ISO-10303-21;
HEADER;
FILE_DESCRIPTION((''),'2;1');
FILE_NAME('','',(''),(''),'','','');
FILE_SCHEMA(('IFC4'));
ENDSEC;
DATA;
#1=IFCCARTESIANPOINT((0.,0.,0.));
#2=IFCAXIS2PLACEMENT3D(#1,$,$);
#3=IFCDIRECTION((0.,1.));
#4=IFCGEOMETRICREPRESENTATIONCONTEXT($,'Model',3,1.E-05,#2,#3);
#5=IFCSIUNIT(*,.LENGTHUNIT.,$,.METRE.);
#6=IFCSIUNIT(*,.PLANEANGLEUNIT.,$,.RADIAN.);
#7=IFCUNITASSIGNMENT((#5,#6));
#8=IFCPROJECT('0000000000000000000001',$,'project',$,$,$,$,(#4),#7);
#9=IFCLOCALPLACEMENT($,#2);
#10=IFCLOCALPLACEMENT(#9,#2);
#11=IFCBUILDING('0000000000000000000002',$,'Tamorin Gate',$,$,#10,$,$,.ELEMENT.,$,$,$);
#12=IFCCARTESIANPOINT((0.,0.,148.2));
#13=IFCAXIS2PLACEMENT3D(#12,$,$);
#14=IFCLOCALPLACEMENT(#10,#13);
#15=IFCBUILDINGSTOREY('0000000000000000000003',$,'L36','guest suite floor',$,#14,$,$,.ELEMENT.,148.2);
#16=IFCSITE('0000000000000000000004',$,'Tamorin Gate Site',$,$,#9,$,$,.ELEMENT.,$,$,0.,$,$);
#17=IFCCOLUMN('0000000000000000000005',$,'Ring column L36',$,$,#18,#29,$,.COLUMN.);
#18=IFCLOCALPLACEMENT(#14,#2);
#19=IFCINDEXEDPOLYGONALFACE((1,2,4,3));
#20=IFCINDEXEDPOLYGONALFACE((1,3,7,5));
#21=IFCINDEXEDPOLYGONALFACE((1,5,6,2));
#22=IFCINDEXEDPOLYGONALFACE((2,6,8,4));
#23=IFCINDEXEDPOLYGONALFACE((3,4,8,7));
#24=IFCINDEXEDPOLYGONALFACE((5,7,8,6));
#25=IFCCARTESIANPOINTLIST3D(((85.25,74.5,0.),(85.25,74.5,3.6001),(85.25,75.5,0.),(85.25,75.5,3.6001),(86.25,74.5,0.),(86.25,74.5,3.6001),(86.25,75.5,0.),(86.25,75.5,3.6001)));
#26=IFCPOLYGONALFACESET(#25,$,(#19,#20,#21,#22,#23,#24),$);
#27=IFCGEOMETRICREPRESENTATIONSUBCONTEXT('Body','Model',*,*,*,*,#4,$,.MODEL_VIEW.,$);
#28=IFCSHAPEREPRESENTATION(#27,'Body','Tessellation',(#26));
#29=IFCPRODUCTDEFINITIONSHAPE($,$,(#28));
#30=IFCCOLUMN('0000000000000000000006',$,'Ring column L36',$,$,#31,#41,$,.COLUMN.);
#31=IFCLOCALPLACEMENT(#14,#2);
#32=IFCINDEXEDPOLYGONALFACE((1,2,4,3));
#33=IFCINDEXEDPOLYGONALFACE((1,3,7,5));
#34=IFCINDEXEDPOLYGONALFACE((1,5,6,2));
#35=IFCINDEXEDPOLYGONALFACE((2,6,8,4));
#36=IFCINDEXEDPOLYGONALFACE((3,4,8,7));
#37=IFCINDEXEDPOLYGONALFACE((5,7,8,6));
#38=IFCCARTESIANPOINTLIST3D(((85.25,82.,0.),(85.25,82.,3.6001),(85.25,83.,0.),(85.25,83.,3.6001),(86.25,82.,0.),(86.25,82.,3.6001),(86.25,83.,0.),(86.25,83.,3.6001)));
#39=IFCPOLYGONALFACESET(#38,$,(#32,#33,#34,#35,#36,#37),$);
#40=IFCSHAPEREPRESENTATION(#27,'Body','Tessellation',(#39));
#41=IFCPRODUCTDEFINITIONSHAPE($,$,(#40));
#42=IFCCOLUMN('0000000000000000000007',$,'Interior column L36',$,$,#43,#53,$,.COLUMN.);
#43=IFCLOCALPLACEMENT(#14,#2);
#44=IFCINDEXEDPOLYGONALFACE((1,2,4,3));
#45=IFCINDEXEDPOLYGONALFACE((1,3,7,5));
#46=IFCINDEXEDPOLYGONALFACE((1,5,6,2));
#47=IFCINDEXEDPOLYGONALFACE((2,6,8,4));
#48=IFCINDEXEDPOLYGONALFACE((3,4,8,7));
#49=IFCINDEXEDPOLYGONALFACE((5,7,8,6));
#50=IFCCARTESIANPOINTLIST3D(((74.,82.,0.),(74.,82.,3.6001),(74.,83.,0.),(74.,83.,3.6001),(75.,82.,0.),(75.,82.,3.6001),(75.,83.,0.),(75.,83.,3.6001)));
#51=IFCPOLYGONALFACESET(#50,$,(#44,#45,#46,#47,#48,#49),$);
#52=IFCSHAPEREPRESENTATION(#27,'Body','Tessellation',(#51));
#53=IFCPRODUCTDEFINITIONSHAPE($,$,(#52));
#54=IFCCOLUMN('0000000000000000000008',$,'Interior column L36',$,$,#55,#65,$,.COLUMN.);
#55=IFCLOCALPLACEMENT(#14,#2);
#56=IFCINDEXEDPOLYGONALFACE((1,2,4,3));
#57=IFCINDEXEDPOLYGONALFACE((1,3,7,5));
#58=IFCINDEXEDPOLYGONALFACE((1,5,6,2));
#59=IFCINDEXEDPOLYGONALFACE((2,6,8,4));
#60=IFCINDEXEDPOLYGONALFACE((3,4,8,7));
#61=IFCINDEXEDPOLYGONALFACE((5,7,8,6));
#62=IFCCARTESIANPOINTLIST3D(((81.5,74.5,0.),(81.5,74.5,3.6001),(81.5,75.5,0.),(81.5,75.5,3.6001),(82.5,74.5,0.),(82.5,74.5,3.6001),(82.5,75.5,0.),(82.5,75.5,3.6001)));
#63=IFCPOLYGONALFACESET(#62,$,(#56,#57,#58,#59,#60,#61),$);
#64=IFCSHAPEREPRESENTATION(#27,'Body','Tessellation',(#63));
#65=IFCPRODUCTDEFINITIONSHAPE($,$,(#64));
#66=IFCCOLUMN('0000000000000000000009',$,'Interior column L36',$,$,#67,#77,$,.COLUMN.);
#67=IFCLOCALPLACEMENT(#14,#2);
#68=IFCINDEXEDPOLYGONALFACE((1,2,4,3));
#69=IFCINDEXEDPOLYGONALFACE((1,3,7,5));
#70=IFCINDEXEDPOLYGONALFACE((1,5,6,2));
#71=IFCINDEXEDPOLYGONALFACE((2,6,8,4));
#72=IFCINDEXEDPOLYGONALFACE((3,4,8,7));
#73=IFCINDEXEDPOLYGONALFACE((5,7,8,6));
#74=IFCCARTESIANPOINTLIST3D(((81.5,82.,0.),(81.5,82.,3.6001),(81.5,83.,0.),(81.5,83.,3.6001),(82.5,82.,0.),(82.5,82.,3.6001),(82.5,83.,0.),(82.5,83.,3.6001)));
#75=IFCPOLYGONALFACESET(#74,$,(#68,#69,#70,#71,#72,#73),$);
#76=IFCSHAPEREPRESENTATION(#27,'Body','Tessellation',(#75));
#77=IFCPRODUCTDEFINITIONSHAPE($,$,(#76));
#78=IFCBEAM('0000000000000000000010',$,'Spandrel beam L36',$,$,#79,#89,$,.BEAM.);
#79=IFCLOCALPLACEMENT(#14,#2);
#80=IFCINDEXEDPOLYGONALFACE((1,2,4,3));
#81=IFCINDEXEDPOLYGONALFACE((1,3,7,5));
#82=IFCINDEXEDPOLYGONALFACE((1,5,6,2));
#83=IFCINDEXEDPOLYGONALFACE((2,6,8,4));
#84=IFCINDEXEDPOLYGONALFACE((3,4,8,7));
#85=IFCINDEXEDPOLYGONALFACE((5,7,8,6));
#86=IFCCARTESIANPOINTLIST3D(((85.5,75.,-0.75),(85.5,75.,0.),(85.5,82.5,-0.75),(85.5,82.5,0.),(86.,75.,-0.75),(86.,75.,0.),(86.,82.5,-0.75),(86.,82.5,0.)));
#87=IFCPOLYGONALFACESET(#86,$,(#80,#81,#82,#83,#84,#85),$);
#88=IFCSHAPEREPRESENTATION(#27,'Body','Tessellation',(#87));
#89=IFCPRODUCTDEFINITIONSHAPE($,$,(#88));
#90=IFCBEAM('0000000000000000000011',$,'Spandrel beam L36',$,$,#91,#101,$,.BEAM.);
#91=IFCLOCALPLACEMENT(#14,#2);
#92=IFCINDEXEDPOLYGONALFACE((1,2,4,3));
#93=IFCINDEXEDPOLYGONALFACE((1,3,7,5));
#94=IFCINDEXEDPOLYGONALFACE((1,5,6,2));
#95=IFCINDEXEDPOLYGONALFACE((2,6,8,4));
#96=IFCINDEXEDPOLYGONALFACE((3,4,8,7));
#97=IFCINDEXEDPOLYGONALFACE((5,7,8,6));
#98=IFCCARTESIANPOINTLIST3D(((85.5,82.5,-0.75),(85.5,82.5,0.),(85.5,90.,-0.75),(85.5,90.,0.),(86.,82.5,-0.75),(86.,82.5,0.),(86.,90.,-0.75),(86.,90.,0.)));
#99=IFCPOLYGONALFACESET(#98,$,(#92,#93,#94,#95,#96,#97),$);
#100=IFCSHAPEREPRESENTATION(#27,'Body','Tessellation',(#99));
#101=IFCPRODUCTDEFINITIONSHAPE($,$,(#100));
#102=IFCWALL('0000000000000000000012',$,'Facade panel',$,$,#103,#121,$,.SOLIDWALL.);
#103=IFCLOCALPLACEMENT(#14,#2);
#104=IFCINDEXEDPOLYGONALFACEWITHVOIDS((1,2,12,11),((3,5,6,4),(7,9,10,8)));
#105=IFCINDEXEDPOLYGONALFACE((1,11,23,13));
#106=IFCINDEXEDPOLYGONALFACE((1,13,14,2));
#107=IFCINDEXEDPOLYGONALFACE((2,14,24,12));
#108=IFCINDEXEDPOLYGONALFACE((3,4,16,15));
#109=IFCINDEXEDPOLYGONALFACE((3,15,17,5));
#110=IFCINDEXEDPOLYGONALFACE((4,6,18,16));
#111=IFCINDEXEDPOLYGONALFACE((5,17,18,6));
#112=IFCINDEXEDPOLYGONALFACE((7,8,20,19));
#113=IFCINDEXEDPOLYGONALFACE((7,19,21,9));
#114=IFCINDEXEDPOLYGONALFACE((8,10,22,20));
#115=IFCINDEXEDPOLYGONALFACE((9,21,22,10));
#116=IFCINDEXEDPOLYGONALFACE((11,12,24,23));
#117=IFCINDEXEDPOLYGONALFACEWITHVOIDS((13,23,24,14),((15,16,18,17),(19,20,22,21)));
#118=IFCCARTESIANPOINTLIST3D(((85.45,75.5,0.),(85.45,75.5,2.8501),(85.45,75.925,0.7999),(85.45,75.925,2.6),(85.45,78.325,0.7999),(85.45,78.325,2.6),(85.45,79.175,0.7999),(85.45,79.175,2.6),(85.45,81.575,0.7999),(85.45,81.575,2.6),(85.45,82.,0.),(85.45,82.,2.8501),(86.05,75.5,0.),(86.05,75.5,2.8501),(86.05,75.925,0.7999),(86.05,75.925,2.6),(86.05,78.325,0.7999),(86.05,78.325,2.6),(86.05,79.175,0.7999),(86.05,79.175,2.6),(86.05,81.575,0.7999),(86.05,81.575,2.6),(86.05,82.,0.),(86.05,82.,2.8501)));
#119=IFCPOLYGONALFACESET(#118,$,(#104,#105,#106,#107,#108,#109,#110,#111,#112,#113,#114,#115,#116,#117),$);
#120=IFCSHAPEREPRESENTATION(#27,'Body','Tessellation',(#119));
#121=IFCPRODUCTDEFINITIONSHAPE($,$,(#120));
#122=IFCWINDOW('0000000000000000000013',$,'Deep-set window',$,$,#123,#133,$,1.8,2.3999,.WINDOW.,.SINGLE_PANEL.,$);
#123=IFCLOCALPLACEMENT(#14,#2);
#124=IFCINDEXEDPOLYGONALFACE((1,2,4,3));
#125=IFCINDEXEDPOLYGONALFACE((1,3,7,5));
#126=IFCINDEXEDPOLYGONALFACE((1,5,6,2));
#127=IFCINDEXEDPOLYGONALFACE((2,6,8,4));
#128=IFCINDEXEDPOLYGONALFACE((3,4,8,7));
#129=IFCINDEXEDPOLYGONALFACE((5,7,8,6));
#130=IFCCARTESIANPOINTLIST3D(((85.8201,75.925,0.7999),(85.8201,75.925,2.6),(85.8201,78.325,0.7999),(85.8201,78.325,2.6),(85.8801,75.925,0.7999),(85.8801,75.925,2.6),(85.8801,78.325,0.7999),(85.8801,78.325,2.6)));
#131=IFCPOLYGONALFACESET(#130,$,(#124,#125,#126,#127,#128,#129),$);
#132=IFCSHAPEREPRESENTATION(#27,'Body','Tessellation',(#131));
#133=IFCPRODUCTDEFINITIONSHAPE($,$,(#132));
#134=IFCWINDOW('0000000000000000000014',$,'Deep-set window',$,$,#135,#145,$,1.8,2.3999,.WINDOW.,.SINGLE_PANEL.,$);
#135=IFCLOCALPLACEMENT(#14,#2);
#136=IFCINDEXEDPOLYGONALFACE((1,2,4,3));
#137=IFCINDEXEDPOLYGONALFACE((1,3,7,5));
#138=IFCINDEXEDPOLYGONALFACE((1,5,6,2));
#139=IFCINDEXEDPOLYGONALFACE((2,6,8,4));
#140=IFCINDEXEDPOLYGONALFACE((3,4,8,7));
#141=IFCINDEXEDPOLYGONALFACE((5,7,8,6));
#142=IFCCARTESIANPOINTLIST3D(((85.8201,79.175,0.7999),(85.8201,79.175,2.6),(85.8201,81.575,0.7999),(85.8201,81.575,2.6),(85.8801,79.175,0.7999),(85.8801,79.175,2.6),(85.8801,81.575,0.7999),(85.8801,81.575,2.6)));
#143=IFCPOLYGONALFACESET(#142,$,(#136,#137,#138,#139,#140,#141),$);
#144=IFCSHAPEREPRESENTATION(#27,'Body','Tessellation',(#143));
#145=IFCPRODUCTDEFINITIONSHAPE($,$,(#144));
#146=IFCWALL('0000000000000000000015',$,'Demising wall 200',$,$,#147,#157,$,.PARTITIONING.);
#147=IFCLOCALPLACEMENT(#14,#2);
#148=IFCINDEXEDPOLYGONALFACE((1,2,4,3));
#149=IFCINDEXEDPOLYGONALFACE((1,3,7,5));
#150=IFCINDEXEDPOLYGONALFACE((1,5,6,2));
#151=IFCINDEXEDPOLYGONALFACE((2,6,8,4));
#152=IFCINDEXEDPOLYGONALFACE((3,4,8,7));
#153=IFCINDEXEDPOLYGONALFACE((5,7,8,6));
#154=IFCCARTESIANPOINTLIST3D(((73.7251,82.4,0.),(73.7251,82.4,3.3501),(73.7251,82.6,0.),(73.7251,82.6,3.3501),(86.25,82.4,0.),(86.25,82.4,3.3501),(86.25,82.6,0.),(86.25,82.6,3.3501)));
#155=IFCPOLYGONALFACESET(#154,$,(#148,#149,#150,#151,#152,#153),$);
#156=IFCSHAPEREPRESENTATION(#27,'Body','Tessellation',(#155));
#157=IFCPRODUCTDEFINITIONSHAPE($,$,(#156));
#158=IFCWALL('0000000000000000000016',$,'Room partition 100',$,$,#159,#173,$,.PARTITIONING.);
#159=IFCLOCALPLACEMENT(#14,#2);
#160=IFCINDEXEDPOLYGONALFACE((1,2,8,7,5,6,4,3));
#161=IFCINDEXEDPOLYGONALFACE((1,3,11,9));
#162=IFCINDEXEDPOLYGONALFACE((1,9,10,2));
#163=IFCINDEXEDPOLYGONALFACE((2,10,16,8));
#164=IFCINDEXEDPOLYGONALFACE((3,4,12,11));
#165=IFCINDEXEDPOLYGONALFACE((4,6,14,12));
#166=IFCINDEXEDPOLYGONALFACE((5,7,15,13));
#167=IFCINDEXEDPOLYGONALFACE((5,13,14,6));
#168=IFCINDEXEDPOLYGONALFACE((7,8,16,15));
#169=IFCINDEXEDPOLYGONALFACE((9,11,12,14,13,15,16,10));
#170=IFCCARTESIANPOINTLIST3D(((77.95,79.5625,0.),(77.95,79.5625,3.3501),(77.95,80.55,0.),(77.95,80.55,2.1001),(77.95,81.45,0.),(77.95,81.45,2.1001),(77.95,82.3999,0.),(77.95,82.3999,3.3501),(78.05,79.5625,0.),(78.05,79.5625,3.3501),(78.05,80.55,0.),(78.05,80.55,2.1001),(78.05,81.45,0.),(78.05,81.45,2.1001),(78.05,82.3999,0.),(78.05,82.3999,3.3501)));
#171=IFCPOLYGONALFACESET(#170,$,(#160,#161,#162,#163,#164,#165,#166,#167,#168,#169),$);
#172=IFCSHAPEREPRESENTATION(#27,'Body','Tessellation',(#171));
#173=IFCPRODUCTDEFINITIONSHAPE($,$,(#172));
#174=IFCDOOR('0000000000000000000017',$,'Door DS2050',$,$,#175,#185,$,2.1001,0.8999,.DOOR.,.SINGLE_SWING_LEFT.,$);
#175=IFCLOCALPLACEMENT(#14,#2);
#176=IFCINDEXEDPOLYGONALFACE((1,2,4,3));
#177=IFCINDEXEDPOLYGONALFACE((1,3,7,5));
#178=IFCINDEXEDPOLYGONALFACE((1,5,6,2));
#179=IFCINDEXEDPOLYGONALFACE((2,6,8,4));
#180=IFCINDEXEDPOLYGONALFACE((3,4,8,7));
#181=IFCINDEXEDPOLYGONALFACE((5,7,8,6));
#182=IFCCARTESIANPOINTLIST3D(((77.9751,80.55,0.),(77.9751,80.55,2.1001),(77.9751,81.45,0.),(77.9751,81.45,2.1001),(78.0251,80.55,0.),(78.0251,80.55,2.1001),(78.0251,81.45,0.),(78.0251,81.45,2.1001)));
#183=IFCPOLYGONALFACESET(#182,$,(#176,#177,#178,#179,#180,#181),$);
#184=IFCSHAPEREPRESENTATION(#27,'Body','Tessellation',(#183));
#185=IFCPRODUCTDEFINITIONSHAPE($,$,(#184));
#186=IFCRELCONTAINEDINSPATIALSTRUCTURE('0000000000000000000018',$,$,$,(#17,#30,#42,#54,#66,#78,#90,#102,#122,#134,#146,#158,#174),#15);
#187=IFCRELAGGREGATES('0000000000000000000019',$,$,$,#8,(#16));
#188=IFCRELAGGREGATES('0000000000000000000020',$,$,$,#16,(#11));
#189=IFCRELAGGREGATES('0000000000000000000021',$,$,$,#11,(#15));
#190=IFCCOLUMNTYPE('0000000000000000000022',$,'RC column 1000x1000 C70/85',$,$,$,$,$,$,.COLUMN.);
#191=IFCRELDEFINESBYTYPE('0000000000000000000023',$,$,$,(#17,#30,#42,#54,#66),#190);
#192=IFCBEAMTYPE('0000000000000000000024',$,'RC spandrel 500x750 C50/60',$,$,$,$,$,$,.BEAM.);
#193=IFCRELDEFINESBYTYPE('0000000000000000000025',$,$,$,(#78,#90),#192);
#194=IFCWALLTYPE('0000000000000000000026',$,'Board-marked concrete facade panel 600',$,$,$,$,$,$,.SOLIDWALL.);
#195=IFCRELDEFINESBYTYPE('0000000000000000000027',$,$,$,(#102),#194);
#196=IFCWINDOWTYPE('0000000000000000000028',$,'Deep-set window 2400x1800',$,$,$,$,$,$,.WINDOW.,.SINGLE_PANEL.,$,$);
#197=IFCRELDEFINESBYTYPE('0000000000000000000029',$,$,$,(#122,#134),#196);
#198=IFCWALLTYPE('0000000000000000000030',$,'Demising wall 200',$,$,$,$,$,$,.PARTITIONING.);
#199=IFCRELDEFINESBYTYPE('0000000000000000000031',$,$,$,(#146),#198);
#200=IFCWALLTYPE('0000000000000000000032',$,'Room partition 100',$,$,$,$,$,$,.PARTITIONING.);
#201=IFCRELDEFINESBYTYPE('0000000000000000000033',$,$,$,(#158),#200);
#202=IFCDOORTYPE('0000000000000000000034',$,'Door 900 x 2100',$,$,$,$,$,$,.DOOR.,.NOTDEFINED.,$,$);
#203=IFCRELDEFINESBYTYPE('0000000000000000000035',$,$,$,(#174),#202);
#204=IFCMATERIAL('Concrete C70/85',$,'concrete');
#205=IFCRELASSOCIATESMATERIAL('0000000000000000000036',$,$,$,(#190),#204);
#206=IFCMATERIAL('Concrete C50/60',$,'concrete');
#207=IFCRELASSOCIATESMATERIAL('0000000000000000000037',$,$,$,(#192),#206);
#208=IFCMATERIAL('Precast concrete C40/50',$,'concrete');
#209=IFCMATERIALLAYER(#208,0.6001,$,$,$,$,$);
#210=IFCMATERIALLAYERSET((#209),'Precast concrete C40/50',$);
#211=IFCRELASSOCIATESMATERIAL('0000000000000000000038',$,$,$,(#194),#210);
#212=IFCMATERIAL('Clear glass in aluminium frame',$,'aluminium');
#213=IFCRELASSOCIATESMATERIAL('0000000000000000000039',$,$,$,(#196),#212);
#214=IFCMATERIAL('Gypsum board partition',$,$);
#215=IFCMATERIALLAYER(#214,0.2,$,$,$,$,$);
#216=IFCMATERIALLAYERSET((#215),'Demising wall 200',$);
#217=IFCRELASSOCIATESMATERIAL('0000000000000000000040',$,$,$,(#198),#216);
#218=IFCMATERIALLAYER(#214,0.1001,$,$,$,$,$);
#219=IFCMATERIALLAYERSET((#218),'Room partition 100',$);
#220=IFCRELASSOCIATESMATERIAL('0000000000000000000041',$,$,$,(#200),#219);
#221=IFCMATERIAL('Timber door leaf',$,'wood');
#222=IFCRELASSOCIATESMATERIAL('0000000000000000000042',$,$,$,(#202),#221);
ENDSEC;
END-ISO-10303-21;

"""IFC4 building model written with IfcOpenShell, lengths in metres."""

from ifc_helpers import new_model, si_unit, direction, frame, frame_2d, origin, origin_2d, place, context, subcontext, project, spatial, rectangle, extrude, material, layer, layer_set, material_profile, profile_set, type_object, element, fill, save


model = new_model("IFC4")

# Units and contexts
model_context = context("Model", 3, precision=1e-05, world=origin(), true_north=direction((0.0, 1.0)))
body_context = subcontext(model_context, "Body", "Model", "MODEL_VIEW")
ifc_project = project(units=[si_unit("LENGTHUNIT", "METRE"), si_unit("PLANEANGLEUNIT", "RADIAN")], contexts=[model_context])

# Site, building, storey
site_placement = place(None, origin())
site = spatial("IfcSite", under=ifc_project, at=site_placement, Name="Tamorin Gate Site", CompositionType="ELEMENT", RefElevation=0.0)
building_placement = place(site_placement, origin())
building = spatial("IfcBuilding", under=site, at=building_placement, Name="Tamorin Gate", CompositionType="ELEMENT")
storey_placement = place(building_placement, frame((0.0, 0.0, 148.2)))
storey = spatial("IfcBuildingStorey", under=building, at=storey_placement, Name="L36", Description="guest suite floor", CompositionType="ELEMENT", Elevation=148.2)

# Columns
ifc_material_1 = material(Name="Concrete C70/85", Category="concrete")
ifc_material_profile_1 = material_profile(ifc_material_1, rectangle(XDim=1.0, YDim=1.0, at=origin_2d()), Name="RC 1000x1000")
ifc_profile_set_1 = profile_set([ifc_material_profile_1], Name="Concrete C70/85")
column_type = type_object("IfcColumnType", Name="RC column 1000x1000 C70/85", PredefinedType="COLUMN", material=ifc_profile_set_1)
for number, where, z_axis, x_axis, name in (
    (1, (85.75, 75.0, 0.0), (0.0, 0.0, 1.0), (1.0, 0.0, 0.0), "Ring column L36"),
    (2, (85.75, 82.5, 0.0), (0.0, 0.0, 1.0), (1.0, 0.0, 0.0), "Ring column L36"),
    (3, (74.5, 82.5, 0.0), (0.0, 0.0, 1.0), (1.0, 0.0, 0.0), "Interior column L36"),
    (4, (82.0, 75.0, 0.0), (0.0, 0.0, 1.0), (1.0, 0.0, 0.0), "Interior column L36"),
    (5, (82.0, 82.5, 0.0), (0.0, 0.0, 1.0), (1.0, 0.0, 0.0), "Interior column L36"),
):
    element("IfcColumn", number, at=place(storey_placement, frame(where, z_axis=z_axis, x_axis=x_axis)), inside=storey, type_object=column_type, Name=name, PredefinedType="COLUMN", context=body_context, shape_type="SweptSolid", body=[
        extrude(rectangle(XDim=1.0, YDim=1.0, at=origin_2d()), origin(), (0.0, 0.0, 1.0), 3.6001),
    ])

# Beams
ifc_material_2 = material(Name="Concrete C50/60", Category="concrete")
ifc_material_profile_2 = material_profile(ifc_material_2, rectangle(XDim=0.5, YDim=0.75, at=origin_2d()), Name="RC 500x750")
ifc_profile_set_2 = profile_set([ifc_material_profile_2], Name="Concrete C50/60")
beam_type = type_object("IfcBeamType", Name="RC spandrel 500x750 C50/60", PredefinedType="BEAM", material=ifc_profile_set_2)
for number, where, z_axis, x_axis, name in (
    (6, (85.75, 75.0, -0.375), (0.0, 1.0, 0.0), (-1.0, 0.0, 0.0), "Spandrel beam L36"),
    (7, (85.75, 82.5, -0.375), (0.0, 1.0, 0.0), (-1.0, 0.0, 0.0), "Spandrel beam L36"),
):
    element("IfcBeam", number, at=place(storey_placement, frame(where, z_axis=z_axis, x_axis=x_axis)), inside=storey, type_object=beam_type, Name=name, PredefinedType="BEAM", context=body_context, shape_type="SweptSolid", body=[
        extrude(rectangle(XDim=0.5, YDim=0.75, at=origin_2d()), origin(), (0.0, 0.0, 1.0), 7.5),
    ])

# Wall, openings, windows
ifc_material_3 = material(Name="Precast concrete C40/50", Category="concrete")
ifc_layer_1 = layer(ifc_material_3, 0.6001)
ifc_layer_set_1 = layer_set([ifc_layer_1], Name="Precast concrete C40/50")
wall_type_1 = type_object("IfcWallType", Name="Board-marked concrete facade panel 600", PredefinedType="SOLIDWALL", material=ifc_layer_set_1)
wall_1_placement = place(storey_placement, frame((85.75, 75.5, 0.0), z_axis=(0.0, 0.0, 1.0), x_axis=(0.0, 1.0, 0.0)))
wall_1 = element("IfcWall", 8, at=wall_1_placement, inside=storey, type_object=wall_type_1, Name="Facade panel", PredefinedType="SOLIDWALL", context=body_context, shape_type="SweptSolid", body=[
    extrude(rectangle(XDim=6.5, YDim=0.6001, at=frame_2d((3.25, 0.0))), origin(), (0.0, 0.0, 1.0), 2.8501),
])
opening_1_placement = place(wall_1_placement, frame((0.425, 0.0, 0.8)))
opening_1 = element("IfcOpeningElement", 9, at=opening_1_placement, cuts=wall_1, PredefinedType="OPENING", context=body_context, shape_type="SweptSolid", body=[
    extrude(rectangle(XDim=2.3999, YDim=1.8, at=frame_2d((1.2, 0.8999))), frame((0.0, 0.3101, 0.0), z_axis=(0.0, -1.0, 0.0), x_axis=(1.0, 0.0, 0.0)), (0.0, 0.0, 1.0), 0.6201),
])
opening_2_placement = place(wall_1_placement, frame((3.675, 0.0, 0.8)))
opening_2 = element("IfcOpeningElement", 10, at=opening_2_placement, cuts=wall_1, PredefinedType="OPENING", context=body_context, shape_type="SweptSolid", body=[
    extrude(rectangle(XDim=2.3999, YDim=1.8, at=frame_2d((1.2, 0.8999))), frame((0.0, 0.3101, 0.0), z_axis=(0.0, -1.0, 0.0), x_axis=(1.0, 0.0, 0.0)), (0.0, 0.0, 1.0), 0.6201),
])
ifc_material_4 = material(Name="Clear glass in aluminium frame", Category="aluminium")
window_type = type_object("IfcWindowType", Name="Deep-set window 2400x1800", PartitioningType="SINGLE_PANEL", PredefinedType="WINDOW", material=ifc_material_4)
window_1_placement = place(opening_1_placement, origin())
window_1 = element("IfcWindow", 11, at=window_1_placement, inside=storey, type_object=window_type, Name="Deep-set window", OverallHeight=1.8, OverallWidth=2.3999, PartitioningType="SINGLE_PANEL", PredefinedType="WINDOW", context=body_context, shape_type="SweptSolid", body=[
    extrude(rectangle(XDim=2.3999, YDim=1.8, at=frame_2d((1.2, 0.8999))), frame((0.0, -0.0701, 0.0), z_axis=(0.0, -1.0, 0.0), x_axis=(1.0, 0.0, 0.0)), (0.0, 0.0, 1.0), 0.0601),
])
fill(opening_1, window_1)
window_2_placement = place(opening_2_placement, origin())
window_2 = element("IfcWindow", 12, at=window_2_placement, inside=storey, type_object=window_type, Name="Deep-set window", OverallHeight=1.8, OverallWidth=2.3999, PartitioningType="SINGLE_PANEL", PredefinedType="WINDOW", context=body_context, shape_type="SweptSolid", body=[
    extrude(rectangle(XDim=2.3999, YDim=1.8, at=frame_2d((1.2, 0.8999))), frame((0.0, -0.0701, 0.0), z_axis=(0.0, -1.0, 0.0), x_axis=(1.0, 0.0, 0.0)), (0.0, 0.0, 1.0), 0.0601),
])
fill(opening_2, window_2)

# Wall
ifc_material_5 = material(Name="Gypsum board partition")
ifc_layer_2 = layer(ifc_material_5, 0.2)
ifc_layer_set_2 = layer_set([ifc_layer_2], Name="Demising wall 200")
wall_type_2 = type_object("IfcWallType", Name="Demising wall 200", PredefinedType="PARTITIONING", material=ifc_layer_set_2)
wall_2_placement = place(storey_placement, frame((73.7251, 82.5, 0.0), z_axis=(0.0, 0.0, 1.0), x_axis=(1.0, 0.0, 0.0)))
element("IfcWall", 13, at=wall_2_placement, inside=storey, type_object=wall_type_2, Name="Demising wall 200", PredefinedType="PARTITIONING", context=body_context, shape_type="SweptSolid", body=[
    extrude(rectangle(XDim=12.5249, YDim=0.2, at=frame_2d((6.2625, 0.0))), origin(), (0.0, 0.0, 1.0), 3.3501),
])

# Wall, opening, door
ifc_layer_3 = layer(ifc_material_5, 0.1001)
ifc_layer_set_3 = layer_set([ifc_layer_3], Name="Room partition 100")
wall_type_3 = type_object("IfcWallType", Name="Room partition 100", PredefinedType="PARTITIONING", material=ifc_layer_set_3)
wall_3_placement = place(storey_placement, frame((78.0, 79.5625, 0.0), z_axis=(0.0, 0.0, 1.0), x_axis=(0.0, 1.0, 0.0)))
wall_3 = element("IfcWall", 14, at=wall_3_placement, inside=storey, type_object=wall_type_3, Name="Room partition 100", PredefinedType="PARTITIONING", context=body_context, shape_type="SweptSolid", body=[
    extrude(rectangle(XDim=2.8374, YDim=0.1001, at=frame_2d((1.4187, 0.0))), origin(), (0.0, 0.0, 1.0), 3.3501),
])
opening_3_placement = place(wall_3_placement, frame((0.9875, 0.0, 0.0)))
opening_3 = element("IfcOpeningElement", 15, at=opening_3_placement, cuts=wall_3, PredefinedType="OPENING", context=body_context, shape_type="SweptSolid", body=[
    extrude(rectangle(XDim=0.8999, YDim=2.1001, at=frame_2d((0.45, 1.05))), frame((0.0, 0.0601, 0.0), z_axis=(0.0, -1.0, 0.0), x_axis=(1.0, 0.0, 0.0)), (0.0, 0.0, 1.0), 0.1201),
])
ifc_material_6 = material(Name="Timber door leaf", Category="wood")
door_type = type_object("IfcDoorType", Name="Door 900 x 2100", OperationType="NOTDEFINED", PredefinedType="DOOR", material=ifc_material_6)
door_placement = place(opening_3_placement, origin())
door = element("IfcDoor", 16, at=door_placement, inside=storey, type_object=door_type, Name="Door DS2050", OperationType="SINGLE_SWING_LEFT", OverallHeight=2.1001, OverallWidth=0.8999, PredefinedType="DOOR", context=body_context, shape_type="SweptSolid", body=[
    extrude(rectangle(XDim=0.8999, YDim=2.1001, at=frame_2d((0.45, 1.05))), frame((0.0, 0.0249, 0.0), z_axis=(0.0, -1.0, 0.0), x_axis=(1.0, 0.0, 0.0)), (0.0, 0.0, 1.0), 0.05),
])
fill(opening_3, door)

save(model, "model.ifc")
